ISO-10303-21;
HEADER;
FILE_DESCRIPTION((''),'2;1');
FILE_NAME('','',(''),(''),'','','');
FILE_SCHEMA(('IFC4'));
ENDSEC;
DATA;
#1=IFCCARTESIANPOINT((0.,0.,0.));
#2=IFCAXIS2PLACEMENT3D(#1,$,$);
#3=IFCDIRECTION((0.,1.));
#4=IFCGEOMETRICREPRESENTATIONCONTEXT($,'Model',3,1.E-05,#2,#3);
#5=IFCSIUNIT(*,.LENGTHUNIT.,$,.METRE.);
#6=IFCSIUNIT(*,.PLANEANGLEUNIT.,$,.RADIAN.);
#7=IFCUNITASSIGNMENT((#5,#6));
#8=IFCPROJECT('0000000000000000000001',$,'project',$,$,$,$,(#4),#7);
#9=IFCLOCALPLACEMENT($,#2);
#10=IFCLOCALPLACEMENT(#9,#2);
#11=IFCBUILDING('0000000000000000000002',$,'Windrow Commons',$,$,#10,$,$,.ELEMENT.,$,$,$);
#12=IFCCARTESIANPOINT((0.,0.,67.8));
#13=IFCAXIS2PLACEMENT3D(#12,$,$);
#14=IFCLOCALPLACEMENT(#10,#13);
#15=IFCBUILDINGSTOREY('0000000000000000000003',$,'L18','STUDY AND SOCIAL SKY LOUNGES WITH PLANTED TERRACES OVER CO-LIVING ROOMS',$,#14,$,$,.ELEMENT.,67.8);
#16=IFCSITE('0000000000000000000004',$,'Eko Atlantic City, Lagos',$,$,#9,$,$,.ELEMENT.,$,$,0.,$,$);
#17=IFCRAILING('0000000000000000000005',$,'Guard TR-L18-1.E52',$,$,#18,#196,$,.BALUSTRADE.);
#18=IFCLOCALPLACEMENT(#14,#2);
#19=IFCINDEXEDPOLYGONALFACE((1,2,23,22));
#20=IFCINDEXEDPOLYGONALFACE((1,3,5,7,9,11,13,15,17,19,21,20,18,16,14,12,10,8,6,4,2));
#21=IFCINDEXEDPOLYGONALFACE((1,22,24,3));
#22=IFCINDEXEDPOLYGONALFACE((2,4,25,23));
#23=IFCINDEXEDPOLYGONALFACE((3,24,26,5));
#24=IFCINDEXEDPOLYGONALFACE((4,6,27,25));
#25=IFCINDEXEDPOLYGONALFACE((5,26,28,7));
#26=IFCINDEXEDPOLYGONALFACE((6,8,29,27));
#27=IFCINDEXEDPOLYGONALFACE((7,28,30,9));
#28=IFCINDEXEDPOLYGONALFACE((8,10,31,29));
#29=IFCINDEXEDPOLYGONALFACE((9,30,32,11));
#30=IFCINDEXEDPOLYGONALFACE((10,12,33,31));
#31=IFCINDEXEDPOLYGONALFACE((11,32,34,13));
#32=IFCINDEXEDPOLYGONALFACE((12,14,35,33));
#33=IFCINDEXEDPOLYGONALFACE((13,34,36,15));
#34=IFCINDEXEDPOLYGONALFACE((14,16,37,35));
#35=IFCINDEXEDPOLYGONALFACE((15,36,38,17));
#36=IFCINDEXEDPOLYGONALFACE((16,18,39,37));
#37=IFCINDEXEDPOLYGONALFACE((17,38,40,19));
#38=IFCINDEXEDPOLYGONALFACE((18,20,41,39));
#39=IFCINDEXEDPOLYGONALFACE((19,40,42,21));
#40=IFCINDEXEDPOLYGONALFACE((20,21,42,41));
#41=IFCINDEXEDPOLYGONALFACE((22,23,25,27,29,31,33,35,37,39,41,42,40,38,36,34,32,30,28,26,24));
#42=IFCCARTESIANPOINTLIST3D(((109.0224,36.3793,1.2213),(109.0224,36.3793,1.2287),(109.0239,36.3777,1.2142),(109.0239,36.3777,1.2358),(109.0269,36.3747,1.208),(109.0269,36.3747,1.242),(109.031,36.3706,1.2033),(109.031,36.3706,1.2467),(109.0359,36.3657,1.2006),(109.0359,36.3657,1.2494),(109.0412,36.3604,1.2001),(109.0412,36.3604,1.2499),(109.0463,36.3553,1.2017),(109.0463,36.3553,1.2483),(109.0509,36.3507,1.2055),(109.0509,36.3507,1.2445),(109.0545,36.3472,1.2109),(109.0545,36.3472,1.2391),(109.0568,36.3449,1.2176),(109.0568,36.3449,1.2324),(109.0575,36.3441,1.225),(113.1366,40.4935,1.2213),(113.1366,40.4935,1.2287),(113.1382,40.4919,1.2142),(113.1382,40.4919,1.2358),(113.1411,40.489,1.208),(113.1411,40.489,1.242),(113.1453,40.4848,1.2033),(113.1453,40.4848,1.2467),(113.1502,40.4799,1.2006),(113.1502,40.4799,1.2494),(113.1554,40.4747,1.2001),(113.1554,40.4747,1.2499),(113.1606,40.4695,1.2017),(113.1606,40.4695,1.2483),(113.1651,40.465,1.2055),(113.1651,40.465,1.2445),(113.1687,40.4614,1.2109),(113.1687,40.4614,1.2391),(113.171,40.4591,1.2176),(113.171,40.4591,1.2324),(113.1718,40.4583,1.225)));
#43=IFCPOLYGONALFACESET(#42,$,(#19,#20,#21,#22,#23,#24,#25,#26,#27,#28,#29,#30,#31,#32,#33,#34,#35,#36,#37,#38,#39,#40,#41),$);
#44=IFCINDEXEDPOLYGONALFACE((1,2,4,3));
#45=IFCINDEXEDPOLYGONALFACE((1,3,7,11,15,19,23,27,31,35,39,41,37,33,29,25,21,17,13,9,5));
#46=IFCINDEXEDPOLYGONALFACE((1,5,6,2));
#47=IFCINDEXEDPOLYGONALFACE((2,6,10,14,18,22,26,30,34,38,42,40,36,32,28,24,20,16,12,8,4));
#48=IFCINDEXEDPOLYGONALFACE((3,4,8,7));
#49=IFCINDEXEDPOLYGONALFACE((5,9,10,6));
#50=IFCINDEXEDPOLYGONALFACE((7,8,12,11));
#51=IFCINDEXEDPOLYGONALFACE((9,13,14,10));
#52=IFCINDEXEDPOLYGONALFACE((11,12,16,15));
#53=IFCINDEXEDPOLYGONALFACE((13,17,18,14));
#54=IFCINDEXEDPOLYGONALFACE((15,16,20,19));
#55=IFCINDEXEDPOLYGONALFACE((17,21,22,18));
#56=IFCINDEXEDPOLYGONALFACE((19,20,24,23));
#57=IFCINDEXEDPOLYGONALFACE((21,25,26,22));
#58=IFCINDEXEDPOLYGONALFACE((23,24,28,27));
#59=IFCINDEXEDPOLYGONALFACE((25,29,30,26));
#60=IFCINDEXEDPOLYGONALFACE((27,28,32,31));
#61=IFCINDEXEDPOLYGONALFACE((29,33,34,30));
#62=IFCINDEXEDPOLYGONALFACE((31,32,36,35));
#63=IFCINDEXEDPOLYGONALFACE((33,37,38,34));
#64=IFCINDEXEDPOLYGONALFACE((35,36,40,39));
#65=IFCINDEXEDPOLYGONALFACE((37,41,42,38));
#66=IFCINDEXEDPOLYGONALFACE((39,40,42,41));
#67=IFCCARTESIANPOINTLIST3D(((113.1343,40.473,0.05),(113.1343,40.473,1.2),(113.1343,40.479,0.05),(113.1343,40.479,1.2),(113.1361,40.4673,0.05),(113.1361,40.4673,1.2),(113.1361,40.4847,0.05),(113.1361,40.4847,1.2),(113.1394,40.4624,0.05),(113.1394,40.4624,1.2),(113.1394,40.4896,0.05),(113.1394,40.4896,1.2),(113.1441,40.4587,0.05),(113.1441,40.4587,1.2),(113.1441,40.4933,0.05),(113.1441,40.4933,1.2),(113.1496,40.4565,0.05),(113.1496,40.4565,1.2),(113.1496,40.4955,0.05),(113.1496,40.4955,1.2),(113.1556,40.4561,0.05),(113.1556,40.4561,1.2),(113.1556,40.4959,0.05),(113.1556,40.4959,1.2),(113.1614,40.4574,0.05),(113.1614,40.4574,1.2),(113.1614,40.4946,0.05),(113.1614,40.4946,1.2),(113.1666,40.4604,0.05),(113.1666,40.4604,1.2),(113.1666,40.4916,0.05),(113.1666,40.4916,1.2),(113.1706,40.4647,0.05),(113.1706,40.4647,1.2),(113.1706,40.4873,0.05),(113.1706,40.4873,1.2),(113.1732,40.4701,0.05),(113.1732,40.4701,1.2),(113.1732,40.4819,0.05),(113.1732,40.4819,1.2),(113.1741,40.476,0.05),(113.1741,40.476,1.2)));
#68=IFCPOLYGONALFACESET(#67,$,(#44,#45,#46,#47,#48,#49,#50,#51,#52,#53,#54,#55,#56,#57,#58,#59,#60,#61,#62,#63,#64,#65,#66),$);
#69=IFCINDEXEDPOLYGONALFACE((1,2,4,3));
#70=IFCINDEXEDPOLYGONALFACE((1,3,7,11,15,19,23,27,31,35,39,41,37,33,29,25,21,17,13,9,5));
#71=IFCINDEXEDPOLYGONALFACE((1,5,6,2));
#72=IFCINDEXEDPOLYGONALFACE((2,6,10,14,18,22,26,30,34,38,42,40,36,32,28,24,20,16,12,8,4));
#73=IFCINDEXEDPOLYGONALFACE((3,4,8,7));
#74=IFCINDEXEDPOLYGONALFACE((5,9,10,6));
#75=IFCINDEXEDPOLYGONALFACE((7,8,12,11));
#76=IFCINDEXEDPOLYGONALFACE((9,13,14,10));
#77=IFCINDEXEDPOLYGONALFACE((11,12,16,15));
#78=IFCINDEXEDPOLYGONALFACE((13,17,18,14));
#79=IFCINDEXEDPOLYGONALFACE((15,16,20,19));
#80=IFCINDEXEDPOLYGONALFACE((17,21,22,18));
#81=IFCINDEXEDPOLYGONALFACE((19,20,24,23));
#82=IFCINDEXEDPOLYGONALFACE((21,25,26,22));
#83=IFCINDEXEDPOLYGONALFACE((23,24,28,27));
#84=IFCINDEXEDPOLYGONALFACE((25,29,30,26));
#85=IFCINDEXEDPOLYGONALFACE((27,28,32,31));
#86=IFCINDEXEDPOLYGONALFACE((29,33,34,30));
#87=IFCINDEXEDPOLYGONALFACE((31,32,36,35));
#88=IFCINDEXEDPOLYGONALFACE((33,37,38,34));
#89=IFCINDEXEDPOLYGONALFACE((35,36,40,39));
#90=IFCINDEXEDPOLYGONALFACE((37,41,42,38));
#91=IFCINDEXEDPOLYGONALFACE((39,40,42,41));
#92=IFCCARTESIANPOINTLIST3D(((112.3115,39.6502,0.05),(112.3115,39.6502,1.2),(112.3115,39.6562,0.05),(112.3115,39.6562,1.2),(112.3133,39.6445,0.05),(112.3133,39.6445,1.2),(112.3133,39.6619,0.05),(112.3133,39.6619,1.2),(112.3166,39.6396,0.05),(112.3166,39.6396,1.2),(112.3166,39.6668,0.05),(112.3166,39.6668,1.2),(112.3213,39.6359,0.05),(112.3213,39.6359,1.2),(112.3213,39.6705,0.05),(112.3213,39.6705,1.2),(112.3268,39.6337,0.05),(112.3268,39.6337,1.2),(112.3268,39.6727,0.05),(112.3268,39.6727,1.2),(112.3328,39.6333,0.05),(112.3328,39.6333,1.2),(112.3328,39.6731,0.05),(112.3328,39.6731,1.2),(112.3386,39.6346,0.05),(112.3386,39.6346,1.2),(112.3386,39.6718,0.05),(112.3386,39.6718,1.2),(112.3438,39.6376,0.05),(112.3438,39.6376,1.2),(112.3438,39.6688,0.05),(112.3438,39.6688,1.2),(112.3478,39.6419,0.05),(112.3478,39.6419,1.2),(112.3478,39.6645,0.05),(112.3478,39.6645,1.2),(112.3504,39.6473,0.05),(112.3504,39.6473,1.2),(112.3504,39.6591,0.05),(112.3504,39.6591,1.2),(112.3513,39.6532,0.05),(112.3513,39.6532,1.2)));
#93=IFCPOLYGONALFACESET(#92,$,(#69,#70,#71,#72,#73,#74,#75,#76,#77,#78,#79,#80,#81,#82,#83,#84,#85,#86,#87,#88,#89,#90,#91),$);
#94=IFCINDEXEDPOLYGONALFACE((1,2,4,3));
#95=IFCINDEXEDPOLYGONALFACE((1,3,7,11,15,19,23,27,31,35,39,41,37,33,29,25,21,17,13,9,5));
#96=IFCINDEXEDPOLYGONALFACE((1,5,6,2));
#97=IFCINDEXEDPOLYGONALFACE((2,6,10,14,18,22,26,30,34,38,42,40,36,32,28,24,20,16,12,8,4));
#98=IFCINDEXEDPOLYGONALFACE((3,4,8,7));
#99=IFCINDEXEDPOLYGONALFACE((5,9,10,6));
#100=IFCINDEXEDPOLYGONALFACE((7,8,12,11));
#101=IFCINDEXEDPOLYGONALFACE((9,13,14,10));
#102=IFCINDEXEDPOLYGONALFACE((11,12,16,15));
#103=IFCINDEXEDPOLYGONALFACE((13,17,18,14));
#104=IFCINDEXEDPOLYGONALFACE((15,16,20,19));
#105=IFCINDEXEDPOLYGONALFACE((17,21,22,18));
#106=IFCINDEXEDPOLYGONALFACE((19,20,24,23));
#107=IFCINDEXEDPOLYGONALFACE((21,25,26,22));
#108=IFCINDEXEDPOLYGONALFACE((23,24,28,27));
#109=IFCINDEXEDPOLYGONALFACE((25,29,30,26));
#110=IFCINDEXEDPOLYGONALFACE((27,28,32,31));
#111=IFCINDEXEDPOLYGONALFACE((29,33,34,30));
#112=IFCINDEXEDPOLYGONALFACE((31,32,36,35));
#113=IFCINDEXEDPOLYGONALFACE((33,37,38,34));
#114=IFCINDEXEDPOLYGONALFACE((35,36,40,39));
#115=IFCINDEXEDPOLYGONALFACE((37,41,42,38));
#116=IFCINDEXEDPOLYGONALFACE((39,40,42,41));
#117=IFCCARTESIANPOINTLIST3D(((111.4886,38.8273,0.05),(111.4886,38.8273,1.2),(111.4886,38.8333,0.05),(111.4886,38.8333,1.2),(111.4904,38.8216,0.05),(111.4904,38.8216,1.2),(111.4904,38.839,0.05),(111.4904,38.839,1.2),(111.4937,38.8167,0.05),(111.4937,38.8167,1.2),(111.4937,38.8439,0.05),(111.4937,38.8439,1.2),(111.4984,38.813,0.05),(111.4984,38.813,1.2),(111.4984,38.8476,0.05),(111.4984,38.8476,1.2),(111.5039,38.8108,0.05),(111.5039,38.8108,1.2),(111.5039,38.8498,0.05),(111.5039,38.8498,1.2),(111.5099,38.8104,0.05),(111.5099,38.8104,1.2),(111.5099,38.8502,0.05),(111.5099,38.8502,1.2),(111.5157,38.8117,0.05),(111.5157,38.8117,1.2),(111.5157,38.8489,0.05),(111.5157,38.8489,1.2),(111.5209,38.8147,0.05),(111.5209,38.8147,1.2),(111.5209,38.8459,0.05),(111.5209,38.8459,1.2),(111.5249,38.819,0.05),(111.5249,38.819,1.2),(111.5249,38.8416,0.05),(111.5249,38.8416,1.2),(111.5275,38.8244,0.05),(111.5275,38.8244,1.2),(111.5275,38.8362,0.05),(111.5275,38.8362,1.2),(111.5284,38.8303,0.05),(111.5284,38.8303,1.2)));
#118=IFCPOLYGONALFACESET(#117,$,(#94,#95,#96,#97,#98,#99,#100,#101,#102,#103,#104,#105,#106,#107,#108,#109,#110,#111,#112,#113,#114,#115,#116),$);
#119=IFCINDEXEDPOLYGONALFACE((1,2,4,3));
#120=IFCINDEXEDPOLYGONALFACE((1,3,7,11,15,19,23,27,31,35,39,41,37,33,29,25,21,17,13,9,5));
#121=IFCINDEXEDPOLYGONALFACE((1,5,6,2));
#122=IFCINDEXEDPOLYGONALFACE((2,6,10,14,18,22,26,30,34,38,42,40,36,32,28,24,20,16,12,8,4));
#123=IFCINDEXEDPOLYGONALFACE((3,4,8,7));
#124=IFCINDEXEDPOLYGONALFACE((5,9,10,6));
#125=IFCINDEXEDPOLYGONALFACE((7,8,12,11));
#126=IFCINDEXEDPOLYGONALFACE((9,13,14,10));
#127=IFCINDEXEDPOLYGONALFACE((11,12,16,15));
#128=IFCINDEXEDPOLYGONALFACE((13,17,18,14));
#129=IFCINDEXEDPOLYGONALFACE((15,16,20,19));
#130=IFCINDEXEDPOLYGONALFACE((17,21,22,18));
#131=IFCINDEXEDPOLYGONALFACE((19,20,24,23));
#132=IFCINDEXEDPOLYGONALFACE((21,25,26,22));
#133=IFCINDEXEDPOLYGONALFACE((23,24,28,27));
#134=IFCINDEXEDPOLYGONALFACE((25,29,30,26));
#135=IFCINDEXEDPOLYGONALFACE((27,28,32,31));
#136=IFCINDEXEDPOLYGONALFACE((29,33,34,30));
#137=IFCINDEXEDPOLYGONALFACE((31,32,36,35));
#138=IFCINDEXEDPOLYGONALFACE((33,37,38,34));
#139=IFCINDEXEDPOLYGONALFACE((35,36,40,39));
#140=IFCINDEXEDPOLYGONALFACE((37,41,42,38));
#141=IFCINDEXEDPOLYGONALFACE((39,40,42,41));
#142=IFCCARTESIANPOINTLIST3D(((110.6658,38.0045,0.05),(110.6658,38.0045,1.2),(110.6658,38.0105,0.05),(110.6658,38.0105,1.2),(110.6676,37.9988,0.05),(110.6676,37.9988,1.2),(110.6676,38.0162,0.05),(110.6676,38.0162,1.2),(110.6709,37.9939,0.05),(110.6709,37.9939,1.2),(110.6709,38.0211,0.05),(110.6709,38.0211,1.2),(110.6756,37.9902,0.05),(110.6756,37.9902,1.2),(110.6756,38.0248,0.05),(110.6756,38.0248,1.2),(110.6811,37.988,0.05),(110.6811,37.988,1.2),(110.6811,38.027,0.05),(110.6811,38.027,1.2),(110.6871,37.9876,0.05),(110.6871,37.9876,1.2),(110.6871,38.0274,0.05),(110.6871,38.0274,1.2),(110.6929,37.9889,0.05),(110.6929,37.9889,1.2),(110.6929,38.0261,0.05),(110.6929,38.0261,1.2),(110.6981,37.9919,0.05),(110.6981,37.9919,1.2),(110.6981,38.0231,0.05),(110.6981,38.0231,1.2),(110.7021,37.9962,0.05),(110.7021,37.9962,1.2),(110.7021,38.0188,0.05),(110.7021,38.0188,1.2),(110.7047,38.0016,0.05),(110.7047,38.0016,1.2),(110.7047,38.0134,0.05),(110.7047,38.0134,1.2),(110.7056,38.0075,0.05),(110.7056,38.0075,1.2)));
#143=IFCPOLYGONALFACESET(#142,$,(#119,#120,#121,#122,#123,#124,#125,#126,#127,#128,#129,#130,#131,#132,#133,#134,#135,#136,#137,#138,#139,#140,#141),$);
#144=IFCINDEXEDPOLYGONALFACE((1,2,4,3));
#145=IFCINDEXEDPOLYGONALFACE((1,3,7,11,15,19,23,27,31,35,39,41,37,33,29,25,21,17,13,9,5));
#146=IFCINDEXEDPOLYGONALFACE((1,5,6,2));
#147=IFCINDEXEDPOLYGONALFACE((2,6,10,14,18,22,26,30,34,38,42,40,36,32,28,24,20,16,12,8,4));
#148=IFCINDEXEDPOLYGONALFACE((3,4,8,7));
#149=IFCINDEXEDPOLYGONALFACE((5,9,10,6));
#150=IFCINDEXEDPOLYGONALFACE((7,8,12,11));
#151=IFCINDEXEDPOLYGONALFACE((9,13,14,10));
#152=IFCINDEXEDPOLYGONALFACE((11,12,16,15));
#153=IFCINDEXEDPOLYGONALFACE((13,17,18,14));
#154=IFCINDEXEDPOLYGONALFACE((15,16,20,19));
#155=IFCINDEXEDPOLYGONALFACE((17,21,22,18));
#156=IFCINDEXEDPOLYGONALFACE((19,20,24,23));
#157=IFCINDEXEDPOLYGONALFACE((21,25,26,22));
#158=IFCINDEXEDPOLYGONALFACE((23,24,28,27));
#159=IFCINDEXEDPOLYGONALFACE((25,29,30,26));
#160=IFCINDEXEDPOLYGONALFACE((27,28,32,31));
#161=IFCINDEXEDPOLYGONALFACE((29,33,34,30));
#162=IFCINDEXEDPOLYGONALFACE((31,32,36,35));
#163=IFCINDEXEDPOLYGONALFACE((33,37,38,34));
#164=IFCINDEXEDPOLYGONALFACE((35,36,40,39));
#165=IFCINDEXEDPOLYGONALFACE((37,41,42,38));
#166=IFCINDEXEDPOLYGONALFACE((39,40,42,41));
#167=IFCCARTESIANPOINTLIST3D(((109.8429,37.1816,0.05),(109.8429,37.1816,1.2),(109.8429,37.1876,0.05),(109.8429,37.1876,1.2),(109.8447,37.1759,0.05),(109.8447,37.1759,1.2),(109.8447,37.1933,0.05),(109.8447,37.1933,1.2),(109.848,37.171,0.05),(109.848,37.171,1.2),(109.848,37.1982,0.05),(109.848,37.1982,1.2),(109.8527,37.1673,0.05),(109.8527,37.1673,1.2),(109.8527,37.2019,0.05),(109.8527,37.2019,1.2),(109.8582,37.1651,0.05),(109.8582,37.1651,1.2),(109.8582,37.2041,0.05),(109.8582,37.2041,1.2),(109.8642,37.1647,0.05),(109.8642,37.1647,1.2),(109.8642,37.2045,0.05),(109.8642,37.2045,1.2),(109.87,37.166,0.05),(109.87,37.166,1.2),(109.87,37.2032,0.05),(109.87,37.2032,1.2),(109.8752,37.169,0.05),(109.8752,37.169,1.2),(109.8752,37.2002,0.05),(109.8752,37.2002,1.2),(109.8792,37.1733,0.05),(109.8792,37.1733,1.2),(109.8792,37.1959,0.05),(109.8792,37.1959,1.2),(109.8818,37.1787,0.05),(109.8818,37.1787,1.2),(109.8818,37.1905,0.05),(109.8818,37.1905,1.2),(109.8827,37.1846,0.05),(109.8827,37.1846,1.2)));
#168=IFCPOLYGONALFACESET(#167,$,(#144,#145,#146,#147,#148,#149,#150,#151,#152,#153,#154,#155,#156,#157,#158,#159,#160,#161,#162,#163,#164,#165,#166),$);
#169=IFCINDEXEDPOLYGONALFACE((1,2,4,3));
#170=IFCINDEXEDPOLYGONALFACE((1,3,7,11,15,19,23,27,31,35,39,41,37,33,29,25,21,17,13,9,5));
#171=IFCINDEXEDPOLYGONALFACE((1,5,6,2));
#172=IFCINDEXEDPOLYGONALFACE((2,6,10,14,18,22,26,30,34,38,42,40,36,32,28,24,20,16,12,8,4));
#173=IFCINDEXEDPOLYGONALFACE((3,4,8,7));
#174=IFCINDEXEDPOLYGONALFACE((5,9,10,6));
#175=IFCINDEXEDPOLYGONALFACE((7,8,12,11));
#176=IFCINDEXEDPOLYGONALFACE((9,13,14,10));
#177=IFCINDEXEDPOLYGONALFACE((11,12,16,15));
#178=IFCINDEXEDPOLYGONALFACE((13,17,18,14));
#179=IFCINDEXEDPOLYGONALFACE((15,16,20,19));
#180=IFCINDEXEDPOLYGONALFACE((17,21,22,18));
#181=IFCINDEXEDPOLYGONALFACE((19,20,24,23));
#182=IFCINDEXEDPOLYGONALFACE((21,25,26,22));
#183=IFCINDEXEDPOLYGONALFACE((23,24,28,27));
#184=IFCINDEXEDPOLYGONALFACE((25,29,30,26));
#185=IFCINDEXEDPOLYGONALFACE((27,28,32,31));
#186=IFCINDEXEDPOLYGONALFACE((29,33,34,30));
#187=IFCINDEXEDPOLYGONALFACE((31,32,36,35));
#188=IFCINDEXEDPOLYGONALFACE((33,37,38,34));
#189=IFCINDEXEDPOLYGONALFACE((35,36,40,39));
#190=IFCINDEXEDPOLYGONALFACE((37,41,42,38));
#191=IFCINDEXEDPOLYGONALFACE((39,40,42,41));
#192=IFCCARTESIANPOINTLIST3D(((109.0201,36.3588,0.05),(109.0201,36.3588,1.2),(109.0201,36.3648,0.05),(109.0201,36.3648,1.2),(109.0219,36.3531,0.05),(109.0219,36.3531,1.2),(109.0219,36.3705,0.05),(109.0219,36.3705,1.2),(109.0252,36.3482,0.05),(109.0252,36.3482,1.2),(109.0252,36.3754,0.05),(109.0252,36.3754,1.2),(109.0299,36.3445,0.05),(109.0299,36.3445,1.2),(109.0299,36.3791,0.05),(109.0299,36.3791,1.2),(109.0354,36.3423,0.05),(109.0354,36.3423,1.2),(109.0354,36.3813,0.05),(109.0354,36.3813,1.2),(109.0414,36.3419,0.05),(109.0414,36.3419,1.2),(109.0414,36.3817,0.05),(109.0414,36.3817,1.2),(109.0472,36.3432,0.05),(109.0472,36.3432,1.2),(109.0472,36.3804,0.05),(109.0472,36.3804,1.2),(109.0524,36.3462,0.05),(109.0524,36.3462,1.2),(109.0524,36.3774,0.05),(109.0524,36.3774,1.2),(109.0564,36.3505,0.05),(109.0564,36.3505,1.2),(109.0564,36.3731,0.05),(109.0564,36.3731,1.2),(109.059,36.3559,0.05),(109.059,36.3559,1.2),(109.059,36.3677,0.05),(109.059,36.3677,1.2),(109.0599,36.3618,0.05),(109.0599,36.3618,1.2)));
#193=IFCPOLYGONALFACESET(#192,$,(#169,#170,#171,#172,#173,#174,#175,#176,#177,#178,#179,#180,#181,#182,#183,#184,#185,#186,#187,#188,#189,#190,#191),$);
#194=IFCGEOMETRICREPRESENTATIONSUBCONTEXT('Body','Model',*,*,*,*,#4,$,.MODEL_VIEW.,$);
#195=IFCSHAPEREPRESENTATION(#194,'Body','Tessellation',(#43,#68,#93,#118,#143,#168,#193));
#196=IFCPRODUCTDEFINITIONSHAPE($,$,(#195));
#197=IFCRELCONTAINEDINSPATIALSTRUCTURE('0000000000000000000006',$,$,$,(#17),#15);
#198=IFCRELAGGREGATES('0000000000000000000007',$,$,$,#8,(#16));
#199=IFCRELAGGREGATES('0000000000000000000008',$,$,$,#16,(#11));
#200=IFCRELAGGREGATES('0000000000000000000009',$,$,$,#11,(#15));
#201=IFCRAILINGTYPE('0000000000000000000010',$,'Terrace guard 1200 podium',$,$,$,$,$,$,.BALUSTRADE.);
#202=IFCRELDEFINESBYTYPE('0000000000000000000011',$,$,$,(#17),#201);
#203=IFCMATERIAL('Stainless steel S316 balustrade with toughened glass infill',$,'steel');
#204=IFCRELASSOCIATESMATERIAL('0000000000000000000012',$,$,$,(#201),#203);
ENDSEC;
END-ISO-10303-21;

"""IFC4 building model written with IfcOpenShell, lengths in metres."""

from ifc_helpers import new_model, si_unit, direction, frame, origin, origin_2d, place, context, subcontext, project, spatial, circle, extrude, material, type_object, element, save


model = new_model("IFC4")

# Units and contexts
model_context = context("Model", 3, precision=1e-05, world=origin(), true_north=direction((0.0, 1.0)))
body_context = subcontext(model_context, "Body", "Model", "MODEL_VIEW")
ifc_project = project(units=[si_unit("LENGTHUNIT", "METRE"), si_unit("PLANEANGLEUNIT", "RADIAN")], contexts=[model_context])

# Site, building, storey
site_placement = place(None, origin())
site = spatial("IfcSite", under=ifc_project, at=site_placement, Name="Eko Atlantic City, Lagos", CompositionType="ELEMENT", RefElevation=0.0)
building_placement = place(site_placement, origin())
building = spatial("IfcBuilding", under=site, at=building_placement, Name="Windrow Commons", CompositionType="ELEMENT")
storey_placement = place(building_placement, frame((0.0, 0.0, 67.8)))
storey = spatial("IfcBuildingStorey", under=building, at=storey_placement, Name="L18", Description="STUDY AND SOCIAL SKY LOUNGES WITH PLANTED TERRACES OVER CO-LIVING ROOMS", CompositionType="ELEMENT", Elevation=67.8)

# Railing
ifc_material_1 = material(Name="Stainless steel S316 balustrade with toughened glass infill", Category="steel")
railing_type = type_object("IfcRailingType", Name="Terrace guard 1200 podium", PredefinedType="BALUSTRADE", material=ifc_material_1)
railing_1_placement = place(storey_placement, frame((113.1541, 40.476, 0.05)))
element("IfcRailing", 1, at=railing_1_placement, inside=storey, type_object=railing_type, Name="Guard TR-L18-1.E52", PredefinedType="BALUSTRADE", context=body_context, shape_type="SweptSolid", body=[
    extrude(circle(Radius=0.025, at=origin_2d()), frame((0.0, 0.0, 1.175), z_axis=(-0.707107, -0.707107, 0.0), x_axis=(0.707107, -0.707107, 0.0)), (0.0, 0.0, 1.0), 5.8184),
    extrude(circle(Radius=0.02, at=origin_2d()), origin(), (0.0, 0.0, 1.0), 1.15),
    extrude(circle(Radius=0.02, at=origin_2d()), frame((-0.8228, -0.8228, 0.0)), (0.0, 0.0, 1.0), 1.15),
    extrude(circle(Radius=0.02, at=origin_2d()), frame((-1.6457, -1.6457, 0.0)), (0.0, 0.0, 1.0), 1.15),
    extrude(circle(Radius=0.02, at=origin_2d()), frame((-2.4685, -2.4685, 0.0)), (0.0, 0.0, 1.0), 1.15),
    extrude(circle(Radius=0.02, at=origin_2d()), frame((-3.2914, -3.2914, 0.0)), (0.0, 0.0, 1.0), 1.15),
    extrude(circle(Radius=0.02, at=origin_2d()), frame((-4.1142, -4.1142, 0.0)), (0.0, 0.0, 1.0), 1.15),
])

save(model, "model.ifc")
